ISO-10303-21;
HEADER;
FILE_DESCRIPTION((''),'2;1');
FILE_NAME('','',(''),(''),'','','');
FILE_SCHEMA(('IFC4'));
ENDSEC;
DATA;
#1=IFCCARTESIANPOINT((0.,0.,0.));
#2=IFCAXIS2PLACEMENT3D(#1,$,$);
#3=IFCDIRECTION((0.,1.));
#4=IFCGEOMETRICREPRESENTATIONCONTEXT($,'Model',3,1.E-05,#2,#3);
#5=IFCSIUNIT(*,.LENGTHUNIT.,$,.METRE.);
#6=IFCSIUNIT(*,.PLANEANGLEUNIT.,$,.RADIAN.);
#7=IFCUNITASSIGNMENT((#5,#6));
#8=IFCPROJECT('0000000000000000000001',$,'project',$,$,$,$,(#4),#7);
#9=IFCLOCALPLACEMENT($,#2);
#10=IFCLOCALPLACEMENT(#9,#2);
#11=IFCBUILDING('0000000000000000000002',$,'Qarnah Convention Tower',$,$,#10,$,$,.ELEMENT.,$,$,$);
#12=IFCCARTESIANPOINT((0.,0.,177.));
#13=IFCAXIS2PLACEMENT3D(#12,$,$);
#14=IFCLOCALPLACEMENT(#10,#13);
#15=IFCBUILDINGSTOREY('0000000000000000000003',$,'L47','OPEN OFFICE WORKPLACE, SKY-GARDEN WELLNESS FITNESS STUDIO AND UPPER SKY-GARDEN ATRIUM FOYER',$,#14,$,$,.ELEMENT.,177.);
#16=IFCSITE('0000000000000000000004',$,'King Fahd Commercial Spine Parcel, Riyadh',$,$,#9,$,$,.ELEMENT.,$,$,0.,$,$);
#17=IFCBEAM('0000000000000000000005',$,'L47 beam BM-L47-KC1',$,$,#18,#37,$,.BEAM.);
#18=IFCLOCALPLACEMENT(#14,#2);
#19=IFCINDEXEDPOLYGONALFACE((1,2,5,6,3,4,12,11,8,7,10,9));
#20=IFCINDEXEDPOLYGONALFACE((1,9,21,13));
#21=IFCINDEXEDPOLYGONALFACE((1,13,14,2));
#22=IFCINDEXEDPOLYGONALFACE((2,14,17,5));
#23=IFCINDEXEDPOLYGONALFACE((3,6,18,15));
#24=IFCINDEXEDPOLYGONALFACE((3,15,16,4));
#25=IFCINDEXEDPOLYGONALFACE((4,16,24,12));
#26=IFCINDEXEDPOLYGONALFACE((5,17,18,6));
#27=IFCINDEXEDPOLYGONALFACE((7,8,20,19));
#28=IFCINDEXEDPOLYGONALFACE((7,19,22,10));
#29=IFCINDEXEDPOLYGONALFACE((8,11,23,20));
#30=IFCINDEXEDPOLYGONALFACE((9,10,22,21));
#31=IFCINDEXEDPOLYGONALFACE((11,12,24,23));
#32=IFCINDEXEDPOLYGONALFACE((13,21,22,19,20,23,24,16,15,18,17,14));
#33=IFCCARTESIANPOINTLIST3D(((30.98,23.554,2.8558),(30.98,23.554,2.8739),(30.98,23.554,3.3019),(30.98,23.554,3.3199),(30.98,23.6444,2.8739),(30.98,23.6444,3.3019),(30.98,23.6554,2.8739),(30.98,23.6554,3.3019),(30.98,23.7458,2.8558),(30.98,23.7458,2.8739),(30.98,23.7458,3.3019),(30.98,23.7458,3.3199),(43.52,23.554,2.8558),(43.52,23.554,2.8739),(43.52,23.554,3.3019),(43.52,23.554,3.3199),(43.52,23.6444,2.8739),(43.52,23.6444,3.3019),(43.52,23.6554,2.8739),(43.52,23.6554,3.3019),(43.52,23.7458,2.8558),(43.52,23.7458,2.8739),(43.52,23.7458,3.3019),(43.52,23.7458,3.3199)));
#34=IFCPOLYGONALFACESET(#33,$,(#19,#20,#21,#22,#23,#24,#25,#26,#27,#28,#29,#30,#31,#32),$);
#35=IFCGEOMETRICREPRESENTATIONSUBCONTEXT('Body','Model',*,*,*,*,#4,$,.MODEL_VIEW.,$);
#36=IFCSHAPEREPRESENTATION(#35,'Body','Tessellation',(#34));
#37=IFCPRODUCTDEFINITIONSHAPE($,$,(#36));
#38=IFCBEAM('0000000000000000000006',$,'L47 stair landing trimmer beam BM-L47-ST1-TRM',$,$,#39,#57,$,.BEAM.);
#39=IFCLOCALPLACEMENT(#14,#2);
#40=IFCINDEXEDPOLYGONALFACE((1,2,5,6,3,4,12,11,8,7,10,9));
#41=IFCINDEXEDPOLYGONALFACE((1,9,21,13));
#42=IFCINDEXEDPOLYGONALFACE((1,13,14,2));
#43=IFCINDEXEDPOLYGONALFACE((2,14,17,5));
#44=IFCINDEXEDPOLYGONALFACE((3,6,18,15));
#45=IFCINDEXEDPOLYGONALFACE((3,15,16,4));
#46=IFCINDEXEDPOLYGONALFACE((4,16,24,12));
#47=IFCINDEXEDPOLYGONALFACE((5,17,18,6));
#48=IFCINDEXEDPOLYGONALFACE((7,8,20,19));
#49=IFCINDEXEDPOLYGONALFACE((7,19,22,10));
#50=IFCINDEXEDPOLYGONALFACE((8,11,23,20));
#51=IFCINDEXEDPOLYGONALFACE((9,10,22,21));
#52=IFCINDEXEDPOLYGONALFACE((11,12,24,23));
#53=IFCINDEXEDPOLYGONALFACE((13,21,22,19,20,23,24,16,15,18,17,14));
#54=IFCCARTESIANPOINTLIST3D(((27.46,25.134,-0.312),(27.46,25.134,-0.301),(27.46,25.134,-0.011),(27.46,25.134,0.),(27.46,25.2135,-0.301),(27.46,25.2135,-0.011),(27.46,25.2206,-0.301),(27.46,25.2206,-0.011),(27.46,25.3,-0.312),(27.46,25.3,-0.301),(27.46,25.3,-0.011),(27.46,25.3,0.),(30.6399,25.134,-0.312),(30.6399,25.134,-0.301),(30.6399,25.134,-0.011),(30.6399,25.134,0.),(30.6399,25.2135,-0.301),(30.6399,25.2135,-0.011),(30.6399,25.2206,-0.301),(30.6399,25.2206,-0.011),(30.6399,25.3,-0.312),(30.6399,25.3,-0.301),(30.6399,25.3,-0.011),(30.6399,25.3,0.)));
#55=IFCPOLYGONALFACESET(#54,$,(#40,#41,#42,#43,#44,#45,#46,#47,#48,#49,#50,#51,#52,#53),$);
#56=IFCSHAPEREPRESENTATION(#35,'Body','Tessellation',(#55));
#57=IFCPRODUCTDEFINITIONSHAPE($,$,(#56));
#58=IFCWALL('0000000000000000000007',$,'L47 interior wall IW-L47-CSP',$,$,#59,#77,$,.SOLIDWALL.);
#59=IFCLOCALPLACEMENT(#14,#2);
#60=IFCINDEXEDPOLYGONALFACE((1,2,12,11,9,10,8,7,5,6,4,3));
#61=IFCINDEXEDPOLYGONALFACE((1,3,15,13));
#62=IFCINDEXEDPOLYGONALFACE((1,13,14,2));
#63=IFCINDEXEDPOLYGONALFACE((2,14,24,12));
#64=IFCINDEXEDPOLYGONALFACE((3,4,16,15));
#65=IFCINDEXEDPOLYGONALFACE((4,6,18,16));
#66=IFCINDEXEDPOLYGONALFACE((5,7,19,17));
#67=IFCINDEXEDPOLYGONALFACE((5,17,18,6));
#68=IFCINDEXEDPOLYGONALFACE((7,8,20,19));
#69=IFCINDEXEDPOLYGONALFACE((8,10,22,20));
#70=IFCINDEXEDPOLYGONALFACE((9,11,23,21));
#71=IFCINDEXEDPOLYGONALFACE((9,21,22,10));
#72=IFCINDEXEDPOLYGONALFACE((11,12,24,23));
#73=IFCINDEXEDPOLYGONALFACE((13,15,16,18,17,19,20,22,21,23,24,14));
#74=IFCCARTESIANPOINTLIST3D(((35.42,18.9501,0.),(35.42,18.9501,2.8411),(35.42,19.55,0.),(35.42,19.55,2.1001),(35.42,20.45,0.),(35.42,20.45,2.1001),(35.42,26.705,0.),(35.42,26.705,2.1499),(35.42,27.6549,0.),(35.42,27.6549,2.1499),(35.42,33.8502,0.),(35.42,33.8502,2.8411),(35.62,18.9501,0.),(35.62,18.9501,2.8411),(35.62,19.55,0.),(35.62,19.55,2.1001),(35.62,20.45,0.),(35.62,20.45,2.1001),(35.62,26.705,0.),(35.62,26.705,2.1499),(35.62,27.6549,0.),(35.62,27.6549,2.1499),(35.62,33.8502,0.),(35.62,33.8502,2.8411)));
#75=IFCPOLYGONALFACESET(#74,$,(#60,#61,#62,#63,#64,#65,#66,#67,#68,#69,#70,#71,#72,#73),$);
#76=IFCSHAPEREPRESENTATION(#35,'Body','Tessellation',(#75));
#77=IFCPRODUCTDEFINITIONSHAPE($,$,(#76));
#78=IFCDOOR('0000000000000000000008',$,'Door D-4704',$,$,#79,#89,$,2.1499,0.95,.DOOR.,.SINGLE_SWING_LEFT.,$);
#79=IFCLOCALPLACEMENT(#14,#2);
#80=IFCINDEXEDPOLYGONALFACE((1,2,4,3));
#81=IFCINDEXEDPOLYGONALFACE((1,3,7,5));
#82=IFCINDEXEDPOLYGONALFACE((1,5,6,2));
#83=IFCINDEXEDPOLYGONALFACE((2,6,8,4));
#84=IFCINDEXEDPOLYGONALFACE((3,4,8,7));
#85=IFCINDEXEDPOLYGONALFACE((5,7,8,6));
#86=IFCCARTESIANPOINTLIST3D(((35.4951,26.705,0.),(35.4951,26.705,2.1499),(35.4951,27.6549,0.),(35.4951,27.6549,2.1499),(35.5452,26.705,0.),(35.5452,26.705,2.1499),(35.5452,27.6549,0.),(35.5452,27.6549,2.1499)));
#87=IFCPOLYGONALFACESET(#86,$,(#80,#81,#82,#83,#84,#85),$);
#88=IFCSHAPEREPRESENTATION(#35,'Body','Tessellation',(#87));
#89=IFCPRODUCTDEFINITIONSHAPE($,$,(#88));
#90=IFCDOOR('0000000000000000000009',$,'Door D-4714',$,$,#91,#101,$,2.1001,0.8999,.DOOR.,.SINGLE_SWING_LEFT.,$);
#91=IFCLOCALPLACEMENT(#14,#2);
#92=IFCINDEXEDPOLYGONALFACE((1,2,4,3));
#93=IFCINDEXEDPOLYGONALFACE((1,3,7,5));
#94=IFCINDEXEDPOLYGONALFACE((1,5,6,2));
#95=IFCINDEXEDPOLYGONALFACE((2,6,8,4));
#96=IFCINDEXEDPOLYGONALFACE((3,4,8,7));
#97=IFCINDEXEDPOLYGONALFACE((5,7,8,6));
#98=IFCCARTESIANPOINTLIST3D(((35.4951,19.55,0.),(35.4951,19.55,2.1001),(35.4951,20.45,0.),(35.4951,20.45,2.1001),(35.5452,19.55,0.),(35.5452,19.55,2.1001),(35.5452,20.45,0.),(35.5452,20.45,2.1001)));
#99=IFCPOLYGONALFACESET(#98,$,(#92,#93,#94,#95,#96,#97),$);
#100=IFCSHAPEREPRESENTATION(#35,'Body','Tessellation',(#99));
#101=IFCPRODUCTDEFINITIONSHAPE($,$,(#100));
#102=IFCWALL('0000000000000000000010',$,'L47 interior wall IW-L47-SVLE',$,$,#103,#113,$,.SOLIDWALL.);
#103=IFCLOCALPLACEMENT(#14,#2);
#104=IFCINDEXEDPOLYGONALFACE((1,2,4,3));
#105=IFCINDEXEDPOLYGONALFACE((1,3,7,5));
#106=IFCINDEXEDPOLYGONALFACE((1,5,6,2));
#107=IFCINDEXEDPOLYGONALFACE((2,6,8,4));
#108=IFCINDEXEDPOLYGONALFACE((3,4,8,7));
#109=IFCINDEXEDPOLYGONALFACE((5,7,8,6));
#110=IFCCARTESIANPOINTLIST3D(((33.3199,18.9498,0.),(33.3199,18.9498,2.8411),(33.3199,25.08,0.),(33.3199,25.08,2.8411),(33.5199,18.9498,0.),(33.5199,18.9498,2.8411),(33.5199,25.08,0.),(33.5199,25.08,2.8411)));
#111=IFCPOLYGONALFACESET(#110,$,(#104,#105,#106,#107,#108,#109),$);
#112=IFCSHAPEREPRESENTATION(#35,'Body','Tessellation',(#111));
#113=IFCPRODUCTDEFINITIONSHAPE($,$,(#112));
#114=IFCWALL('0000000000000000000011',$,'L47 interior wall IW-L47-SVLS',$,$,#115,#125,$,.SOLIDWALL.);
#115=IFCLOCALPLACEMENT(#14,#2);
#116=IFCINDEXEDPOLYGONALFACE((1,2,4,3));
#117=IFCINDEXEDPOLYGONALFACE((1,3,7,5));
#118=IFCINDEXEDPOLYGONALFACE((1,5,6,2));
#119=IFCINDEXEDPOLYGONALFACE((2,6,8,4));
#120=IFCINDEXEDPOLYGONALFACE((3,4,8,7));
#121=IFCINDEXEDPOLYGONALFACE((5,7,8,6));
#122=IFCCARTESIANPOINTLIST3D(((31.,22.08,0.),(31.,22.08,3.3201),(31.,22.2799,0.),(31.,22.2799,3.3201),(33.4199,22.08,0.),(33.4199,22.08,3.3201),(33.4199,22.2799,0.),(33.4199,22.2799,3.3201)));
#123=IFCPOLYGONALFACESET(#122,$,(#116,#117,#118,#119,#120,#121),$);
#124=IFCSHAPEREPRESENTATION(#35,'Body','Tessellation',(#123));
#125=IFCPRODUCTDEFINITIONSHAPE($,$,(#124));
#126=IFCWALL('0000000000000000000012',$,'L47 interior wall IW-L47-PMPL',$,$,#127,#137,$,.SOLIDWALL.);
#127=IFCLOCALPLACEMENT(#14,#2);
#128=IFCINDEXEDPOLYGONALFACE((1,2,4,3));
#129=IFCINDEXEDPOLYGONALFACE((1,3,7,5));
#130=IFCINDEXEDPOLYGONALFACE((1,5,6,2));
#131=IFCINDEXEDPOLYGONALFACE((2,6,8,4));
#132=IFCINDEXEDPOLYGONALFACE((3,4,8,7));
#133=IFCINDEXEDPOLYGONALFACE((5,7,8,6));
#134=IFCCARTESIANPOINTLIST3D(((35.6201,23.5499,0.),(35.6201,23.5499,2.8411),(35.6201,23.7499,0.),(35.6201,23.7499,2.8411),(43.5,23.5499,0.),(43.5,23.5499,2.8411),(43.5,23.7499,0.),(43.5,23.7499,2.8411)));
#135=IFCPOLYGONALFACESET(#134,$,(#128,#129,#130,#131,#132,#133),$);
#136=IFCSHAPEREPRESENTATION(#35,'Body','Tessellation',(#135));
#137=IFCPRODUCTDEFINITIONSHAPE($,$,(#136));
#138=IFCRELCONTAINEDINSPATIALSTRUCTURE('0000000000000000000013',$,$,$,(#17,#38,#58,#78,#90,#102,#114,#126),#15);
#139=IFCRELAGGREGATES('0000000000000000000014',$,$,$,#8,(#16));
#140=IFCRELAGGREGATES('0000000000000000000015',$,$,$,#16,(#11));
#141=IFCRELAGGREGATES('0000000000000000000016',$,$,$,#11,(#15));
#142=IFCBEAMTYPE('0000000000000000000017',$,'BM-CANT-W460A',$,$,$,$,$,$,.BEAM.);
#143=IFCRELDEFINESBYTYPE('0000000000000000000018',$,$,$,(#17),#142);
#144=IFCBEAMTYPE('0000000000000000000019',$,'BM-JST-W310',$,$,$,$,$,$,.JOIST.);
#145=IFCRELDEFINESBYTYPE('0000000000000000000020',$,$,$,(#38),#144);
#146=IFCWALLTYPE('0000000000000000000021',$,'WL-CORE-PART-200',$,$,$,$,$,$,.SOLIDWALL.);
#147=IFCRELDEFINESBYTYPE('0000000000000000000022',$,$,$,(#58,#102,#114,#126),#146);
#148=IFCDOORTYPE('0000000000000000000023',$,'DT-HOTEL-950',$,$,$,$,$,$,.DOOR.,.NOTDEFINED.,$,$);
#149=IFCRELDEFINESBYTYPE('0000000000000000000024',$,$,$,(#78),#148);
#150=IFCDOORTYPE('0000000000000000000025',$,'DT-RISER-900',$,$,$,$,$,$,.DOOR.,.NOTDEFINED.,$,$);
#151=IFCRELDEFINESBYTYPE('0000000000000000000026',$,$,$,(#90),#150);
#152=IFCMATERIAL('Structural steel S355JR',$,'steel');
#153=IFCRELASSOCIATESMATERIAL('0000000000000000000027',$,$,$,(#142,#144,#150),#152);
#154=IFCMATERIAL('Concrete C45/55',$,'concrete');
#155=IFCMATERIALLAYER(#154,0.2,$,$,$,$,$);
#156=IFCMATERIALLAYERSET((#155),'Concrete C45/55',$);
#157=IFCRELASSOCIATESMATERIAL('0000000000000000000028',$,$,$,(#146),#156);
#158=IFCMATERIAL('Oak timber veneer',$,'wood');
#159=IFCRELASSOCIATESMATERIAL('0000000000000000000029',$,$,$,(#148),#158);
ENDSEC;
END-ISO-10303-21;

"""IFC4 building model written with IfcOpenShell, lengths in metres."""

from ifc_helpers import new_model, si_unit, direction, frame, frame_2d, origin, origin_2d, place, context, subcontext, project, spatial, rectangle, i_section, extrude, material, layer, layer_set, material_profile, profile_set, type_object, element, fill, save


model = new_model("IFC4")

# Units and contexts
model_context = context("Model", 3, precision=1e-05, world=origin(), true_north=direction((0.0, 1.0)))
body_context = subcontext(model_context, "Body", "Model", "MODEL_VIEW")
ifc_project = project(units=[si_unit("LENGTHUNIT", "METRE"), si_unit("PLANEANGLEUNIT", "RADIAN")], contexts=[model_context])

# Site, building, storey
site_placement = place(None, origin())
site = spatial("IfcSite", under=ifc_project, at=site_placement, Name="King Fahd Commercial Spine Parcel, Riyadh", CompositionType="ELEMENT", RefElevation=0.0)
building_placement = place(site_placement, origin())
building = spatial("IfcBuilding", under=site, at=building_placement, Name="Qarnah Convention Tower", CompositionType="ELEMENT")
storey_placement = place(building_placement, frame((0.0, 0.0, 177.0)))
storey = spatial("IfcBuildingStorey", under=building, at=storey_placement, Name="L47", Description="OPEN OFFICE WORKPLACE, SKY-GARDEN WELLNESS FITNESS STUDIO AND UPPER SKY-GARDEN ATRIUM FOYER", CompositionType="ELEMENT", Elevation=177.0)

# Beams
ifc_material_1 = material(Name="Structural steel S355JR", Category="steel")
ifc_material_profile_1 = material_profile(ifc_material_1, i_section(OverallWidth=0.1919, OverallDepth=0.4641, WebThickness=0.011, FlangeThickness=0.0181, at=origin_2d()), Name="W460X89")
ifc_profile_set_1 = profile_set([ifc_material_profile_1], Name="Structural steel S355JR")
beam_type_1 = type_object("IfcBeamType", Name="BM-CANT-W460A", PredefinedType="BEAM", material=ifc_profile_set_1)
beam_1_placement = place(storey_placement, frame((30.98, 23.6499, 3.0879), z_axis=(1.0, 0.0, 0.0), x_axis=(0.0, 1.0, 0.0)))
element("IfcBeam", 1, at=beam_1_placement, inside=storey, type_object=beam_type_1, Name="L47 beam BM-L47-KC1", PredefinedType="BEAM", context=body_context, shape_type="SweptSolid", body=[
    extrude(i_section(OverallWidth=0.1919, OverallDepth=0.4641, WebThickness=0.011, FlangeThickness=0.0181, at=origin_2d()), origin(), (0.0, 0.0, 1.0), 12.54),
])
ifc_material_profile_2 = material_profile(ifc_material_1, i_section(OverallWidth=0.166, OverallDepth=0.312, WebThickness=0.0071, FlangeThickness=0.011, at=origin_2d()), Name="W310X45")
ifc_profile_set_2 = profile_set([ifc_material_profile_2], Name="Structural steel S355JR")
beam_type_2 = type_object("IfcBeamType", Name="BM-JST-W310", PredefinedType="JOIST", material=ifc_profile_set_2)
beam_2_placement = place(storey_placement, frame((27.46, 25.217, -0.156), z_axis=(1.0, 0.0, 0.0), x_axis=(0.0, 1.0, 0.0)))
element("IfcBeam", 2, at=beam_2_placement, inside=storey, type_object=beam_type_2, Name="L47 stair landing trimmer beam BM-L47-ST1-TRM", PredefinedType="BEAM", context=body_context, shape_type="SweptSolid", body=[
    extrude(i_section(OverallWidth=0.166, OverallDepth=0.312, WebThickness=0.0071, FlangeThickness=0.011, at=origin_2d()), origin(), (0.0, 0.0, 1.0), 3.1799),
])

# Wall, openings, doors
ifc_material_2 = material(Name="Concrete C45/55", Category="concrete")
ifc_layer_1 = layer(ifc_material_2, 0.2)
ifc_layer_set_1 = layer_set([ifc_layer_1], Name="Concrete C45/55")
wall_type_1 = type_object("IfcWallType", Name="WL-CORE-PART-200", PredefinedType="SOLIDWALL", material=ifc_layer_set_1)
wall_1_placement = place(storey_placement, frame((35.52, 18.95, 0.0), z_axis=(0.0, 0.0, 1.0), x_axis=(0.0, 1.0, 0.0)))
wall_1 = element("IfcWall", 3, at=wall_1_placement, inside=storey, type_object=wall_type_1, Name="L47 interior wall IW-L47-CSP", PredefinedType="SOLIDWALL", context=body_context, shape_type="SweptSolid", body=[
    extrude(rectangle(XDim=14.9001, YDim=0.2, at=frame_2d((7.4502, 0.0))), origin(), (0.0, 0.0, 1.0), 2.8411),
])
opening_1_placement = place(wall_1_placement, frame((7.7549, 0.0, 0.0)))
opening_1 = element("IfcOpeningElement", 4, at=opening_1_placement, cuts=wall_1, PredefinedType="OPENING", context=body_context, shape_type="SweptSolid", body=[
    extrude(rectangle(XDim=0.95, YDim=2.1499, at=frame_2d((0.4751, 1.075))), frame((0.0, 0.1099, 0.0), z_axis=(0.0, -1.0, 0.0), x_axis=(1.0, 0.0, 0.0)), (0.0, 0.0, 1.0), 0.22),
])
opening_2_placement = place(wall_1_placement, frame((0.6001, 0.0, 0.0)))
opening_2 = element("IfcOpeningElement", 5, at=opening_2_placement, cuts=wall_1, PredefinedType="OPENING", context=body_context, shape_type="SweptSolid", body=[
    extrude(rectangle(XDim=0.8999, YDim=2.1001, at=frame_2d((0.45, 1.05))), frame((0.0, 0.1099, 0.0), z_axis=(0.0, -1.0, 0.0), x_axis=(1.0, 0.0, 0.0)), (0.0, 0.0, 1.0), 0.22),
])
ifc_material_3 = material(Name="Oak timber veneer", Category="wood")
door_type_1 = type_object("IfcDoorType", Name="DT-HOTEL-950", OperationType="NOTDEFINED", PredefinedType="DOOR", material=ifc_material_3)
door_1_placement = place(opening_1_placement, origin())
door_1 = element("IfcDoor", 6, at=door_1_placement, inside=storey, type_object=door_type_1, Name="Door D-4704", OperationType="SINGLE_SWING_LEFT", OverallHeight=2.1499, OverallWidth=0.95, PredefinedType="DOOR", context=body_context, shape_type="SweptSolid", body=[
    extrude(rectangle(XDim=0.95, YDim=2.1499, at=frame_2d((0.4751, 1.075))), frame((0.0, 0.0249, 0.0), z_axis=(0.0, -1.0, 0.0), x_axis=(1.0, 0.0, 0.0)), (0.0, 0.0, 1.0), 0.05),
])
fill(opening_1, door_1)
door_type_2 = type_object("IfcDoorType", Name="DT-RISER-900", OperationType="NOTDEFINED", PredefinedType="DOOR", material=ifc_material_1)
door_2_placement = place(opening_2_placement, origin())
door_2 = element("IfcDoor", 7, at=door_2_placement, inside=storey, type_object=door_type_2, Name="Door D-4714", OperationType="SINGLE_SWING_LEFT", OverallHeight=2.1001, OverallWidth=0.8999, PredefinedType="DOOR", context=body_context, shape_type="SweptSolid", body=[
    extrude(rectangle(XDim=0.8999, YDim=2.1001, at=frame_2d((0.45, 1.05))), frame((0.0, 0.0249, 0.0), z_axis=(0.0, -1.0, 0.0), x_axis=(1.0, 0.0, 0.0)), (0.0, 0.0, 1.0), 0.05),
])
fill(opening_2, door_2)

# Walls
wall_2_placement = place(storey_placement, frame((33.4199, 18.95, 0.0), z_axis=(0.0, 0.0, 1.0), x_axis=(0.0, 1.0, 0.0)))
element("IfcWall", 8, at=wall_2_placement, inside=storey, type_object=wall_type_1, Name="L47 interior wall IW-L47-SVLE", PredefinedType="SOLIDWALL", context=body_context, shape_type="SweptSolid", body=[
    extrude(rectangle(XDim=6.1301, YDim=0.2, at=frame_2d((3.0649, 0.0))), origin(), (0.0, 0.0, 1.0), 2.8411),
])
wall_3_placement = place(storey_placement, frame((31.0, 22.1799, 0.0), z_axis=(0.0, 0.0, 1.0), x_axis=(1.0, 0.0, 0.0)))
element("IfcWall", 9, at=wall_3_placement, inside=storey, type_object=wall_type_1, Name="L47 interior wall IW-L47-SVLS", PredefinedType="SOLIDWALL", context=body_context, shape_type="SweptSolid", body=[
    extrude(rectangle(XDim=2.4199, YDim=0.2, at=frame_2d((1.21, 0.0))), origin(), (0.0, 0.0, 1.0), 3.3201),
])
wall_4_placement = place(storey_placement, frame((35.6201, 23.6499, 0.0), z_axis=(0.0, 0.0, 1.0), x_axis=(1.0, 0.0, 0.0)))
element("IfcWall", 10, at=wall_4_placement, inside=storey, type_object=wall_type_1, Name="L47 interior wall IW-L47-PMPL", PredefinedType="SOLIDWALL", context=body_context, shape_type="SweptSolid", body=[
    extrude(rectangle(XDim=7.8799, YDim=0.2, at=frame_2d((3.9399, 0.0))), origin(), (0.0, 0.0, 1.0), 2.8411),
])

save(model, "model.ifc")
